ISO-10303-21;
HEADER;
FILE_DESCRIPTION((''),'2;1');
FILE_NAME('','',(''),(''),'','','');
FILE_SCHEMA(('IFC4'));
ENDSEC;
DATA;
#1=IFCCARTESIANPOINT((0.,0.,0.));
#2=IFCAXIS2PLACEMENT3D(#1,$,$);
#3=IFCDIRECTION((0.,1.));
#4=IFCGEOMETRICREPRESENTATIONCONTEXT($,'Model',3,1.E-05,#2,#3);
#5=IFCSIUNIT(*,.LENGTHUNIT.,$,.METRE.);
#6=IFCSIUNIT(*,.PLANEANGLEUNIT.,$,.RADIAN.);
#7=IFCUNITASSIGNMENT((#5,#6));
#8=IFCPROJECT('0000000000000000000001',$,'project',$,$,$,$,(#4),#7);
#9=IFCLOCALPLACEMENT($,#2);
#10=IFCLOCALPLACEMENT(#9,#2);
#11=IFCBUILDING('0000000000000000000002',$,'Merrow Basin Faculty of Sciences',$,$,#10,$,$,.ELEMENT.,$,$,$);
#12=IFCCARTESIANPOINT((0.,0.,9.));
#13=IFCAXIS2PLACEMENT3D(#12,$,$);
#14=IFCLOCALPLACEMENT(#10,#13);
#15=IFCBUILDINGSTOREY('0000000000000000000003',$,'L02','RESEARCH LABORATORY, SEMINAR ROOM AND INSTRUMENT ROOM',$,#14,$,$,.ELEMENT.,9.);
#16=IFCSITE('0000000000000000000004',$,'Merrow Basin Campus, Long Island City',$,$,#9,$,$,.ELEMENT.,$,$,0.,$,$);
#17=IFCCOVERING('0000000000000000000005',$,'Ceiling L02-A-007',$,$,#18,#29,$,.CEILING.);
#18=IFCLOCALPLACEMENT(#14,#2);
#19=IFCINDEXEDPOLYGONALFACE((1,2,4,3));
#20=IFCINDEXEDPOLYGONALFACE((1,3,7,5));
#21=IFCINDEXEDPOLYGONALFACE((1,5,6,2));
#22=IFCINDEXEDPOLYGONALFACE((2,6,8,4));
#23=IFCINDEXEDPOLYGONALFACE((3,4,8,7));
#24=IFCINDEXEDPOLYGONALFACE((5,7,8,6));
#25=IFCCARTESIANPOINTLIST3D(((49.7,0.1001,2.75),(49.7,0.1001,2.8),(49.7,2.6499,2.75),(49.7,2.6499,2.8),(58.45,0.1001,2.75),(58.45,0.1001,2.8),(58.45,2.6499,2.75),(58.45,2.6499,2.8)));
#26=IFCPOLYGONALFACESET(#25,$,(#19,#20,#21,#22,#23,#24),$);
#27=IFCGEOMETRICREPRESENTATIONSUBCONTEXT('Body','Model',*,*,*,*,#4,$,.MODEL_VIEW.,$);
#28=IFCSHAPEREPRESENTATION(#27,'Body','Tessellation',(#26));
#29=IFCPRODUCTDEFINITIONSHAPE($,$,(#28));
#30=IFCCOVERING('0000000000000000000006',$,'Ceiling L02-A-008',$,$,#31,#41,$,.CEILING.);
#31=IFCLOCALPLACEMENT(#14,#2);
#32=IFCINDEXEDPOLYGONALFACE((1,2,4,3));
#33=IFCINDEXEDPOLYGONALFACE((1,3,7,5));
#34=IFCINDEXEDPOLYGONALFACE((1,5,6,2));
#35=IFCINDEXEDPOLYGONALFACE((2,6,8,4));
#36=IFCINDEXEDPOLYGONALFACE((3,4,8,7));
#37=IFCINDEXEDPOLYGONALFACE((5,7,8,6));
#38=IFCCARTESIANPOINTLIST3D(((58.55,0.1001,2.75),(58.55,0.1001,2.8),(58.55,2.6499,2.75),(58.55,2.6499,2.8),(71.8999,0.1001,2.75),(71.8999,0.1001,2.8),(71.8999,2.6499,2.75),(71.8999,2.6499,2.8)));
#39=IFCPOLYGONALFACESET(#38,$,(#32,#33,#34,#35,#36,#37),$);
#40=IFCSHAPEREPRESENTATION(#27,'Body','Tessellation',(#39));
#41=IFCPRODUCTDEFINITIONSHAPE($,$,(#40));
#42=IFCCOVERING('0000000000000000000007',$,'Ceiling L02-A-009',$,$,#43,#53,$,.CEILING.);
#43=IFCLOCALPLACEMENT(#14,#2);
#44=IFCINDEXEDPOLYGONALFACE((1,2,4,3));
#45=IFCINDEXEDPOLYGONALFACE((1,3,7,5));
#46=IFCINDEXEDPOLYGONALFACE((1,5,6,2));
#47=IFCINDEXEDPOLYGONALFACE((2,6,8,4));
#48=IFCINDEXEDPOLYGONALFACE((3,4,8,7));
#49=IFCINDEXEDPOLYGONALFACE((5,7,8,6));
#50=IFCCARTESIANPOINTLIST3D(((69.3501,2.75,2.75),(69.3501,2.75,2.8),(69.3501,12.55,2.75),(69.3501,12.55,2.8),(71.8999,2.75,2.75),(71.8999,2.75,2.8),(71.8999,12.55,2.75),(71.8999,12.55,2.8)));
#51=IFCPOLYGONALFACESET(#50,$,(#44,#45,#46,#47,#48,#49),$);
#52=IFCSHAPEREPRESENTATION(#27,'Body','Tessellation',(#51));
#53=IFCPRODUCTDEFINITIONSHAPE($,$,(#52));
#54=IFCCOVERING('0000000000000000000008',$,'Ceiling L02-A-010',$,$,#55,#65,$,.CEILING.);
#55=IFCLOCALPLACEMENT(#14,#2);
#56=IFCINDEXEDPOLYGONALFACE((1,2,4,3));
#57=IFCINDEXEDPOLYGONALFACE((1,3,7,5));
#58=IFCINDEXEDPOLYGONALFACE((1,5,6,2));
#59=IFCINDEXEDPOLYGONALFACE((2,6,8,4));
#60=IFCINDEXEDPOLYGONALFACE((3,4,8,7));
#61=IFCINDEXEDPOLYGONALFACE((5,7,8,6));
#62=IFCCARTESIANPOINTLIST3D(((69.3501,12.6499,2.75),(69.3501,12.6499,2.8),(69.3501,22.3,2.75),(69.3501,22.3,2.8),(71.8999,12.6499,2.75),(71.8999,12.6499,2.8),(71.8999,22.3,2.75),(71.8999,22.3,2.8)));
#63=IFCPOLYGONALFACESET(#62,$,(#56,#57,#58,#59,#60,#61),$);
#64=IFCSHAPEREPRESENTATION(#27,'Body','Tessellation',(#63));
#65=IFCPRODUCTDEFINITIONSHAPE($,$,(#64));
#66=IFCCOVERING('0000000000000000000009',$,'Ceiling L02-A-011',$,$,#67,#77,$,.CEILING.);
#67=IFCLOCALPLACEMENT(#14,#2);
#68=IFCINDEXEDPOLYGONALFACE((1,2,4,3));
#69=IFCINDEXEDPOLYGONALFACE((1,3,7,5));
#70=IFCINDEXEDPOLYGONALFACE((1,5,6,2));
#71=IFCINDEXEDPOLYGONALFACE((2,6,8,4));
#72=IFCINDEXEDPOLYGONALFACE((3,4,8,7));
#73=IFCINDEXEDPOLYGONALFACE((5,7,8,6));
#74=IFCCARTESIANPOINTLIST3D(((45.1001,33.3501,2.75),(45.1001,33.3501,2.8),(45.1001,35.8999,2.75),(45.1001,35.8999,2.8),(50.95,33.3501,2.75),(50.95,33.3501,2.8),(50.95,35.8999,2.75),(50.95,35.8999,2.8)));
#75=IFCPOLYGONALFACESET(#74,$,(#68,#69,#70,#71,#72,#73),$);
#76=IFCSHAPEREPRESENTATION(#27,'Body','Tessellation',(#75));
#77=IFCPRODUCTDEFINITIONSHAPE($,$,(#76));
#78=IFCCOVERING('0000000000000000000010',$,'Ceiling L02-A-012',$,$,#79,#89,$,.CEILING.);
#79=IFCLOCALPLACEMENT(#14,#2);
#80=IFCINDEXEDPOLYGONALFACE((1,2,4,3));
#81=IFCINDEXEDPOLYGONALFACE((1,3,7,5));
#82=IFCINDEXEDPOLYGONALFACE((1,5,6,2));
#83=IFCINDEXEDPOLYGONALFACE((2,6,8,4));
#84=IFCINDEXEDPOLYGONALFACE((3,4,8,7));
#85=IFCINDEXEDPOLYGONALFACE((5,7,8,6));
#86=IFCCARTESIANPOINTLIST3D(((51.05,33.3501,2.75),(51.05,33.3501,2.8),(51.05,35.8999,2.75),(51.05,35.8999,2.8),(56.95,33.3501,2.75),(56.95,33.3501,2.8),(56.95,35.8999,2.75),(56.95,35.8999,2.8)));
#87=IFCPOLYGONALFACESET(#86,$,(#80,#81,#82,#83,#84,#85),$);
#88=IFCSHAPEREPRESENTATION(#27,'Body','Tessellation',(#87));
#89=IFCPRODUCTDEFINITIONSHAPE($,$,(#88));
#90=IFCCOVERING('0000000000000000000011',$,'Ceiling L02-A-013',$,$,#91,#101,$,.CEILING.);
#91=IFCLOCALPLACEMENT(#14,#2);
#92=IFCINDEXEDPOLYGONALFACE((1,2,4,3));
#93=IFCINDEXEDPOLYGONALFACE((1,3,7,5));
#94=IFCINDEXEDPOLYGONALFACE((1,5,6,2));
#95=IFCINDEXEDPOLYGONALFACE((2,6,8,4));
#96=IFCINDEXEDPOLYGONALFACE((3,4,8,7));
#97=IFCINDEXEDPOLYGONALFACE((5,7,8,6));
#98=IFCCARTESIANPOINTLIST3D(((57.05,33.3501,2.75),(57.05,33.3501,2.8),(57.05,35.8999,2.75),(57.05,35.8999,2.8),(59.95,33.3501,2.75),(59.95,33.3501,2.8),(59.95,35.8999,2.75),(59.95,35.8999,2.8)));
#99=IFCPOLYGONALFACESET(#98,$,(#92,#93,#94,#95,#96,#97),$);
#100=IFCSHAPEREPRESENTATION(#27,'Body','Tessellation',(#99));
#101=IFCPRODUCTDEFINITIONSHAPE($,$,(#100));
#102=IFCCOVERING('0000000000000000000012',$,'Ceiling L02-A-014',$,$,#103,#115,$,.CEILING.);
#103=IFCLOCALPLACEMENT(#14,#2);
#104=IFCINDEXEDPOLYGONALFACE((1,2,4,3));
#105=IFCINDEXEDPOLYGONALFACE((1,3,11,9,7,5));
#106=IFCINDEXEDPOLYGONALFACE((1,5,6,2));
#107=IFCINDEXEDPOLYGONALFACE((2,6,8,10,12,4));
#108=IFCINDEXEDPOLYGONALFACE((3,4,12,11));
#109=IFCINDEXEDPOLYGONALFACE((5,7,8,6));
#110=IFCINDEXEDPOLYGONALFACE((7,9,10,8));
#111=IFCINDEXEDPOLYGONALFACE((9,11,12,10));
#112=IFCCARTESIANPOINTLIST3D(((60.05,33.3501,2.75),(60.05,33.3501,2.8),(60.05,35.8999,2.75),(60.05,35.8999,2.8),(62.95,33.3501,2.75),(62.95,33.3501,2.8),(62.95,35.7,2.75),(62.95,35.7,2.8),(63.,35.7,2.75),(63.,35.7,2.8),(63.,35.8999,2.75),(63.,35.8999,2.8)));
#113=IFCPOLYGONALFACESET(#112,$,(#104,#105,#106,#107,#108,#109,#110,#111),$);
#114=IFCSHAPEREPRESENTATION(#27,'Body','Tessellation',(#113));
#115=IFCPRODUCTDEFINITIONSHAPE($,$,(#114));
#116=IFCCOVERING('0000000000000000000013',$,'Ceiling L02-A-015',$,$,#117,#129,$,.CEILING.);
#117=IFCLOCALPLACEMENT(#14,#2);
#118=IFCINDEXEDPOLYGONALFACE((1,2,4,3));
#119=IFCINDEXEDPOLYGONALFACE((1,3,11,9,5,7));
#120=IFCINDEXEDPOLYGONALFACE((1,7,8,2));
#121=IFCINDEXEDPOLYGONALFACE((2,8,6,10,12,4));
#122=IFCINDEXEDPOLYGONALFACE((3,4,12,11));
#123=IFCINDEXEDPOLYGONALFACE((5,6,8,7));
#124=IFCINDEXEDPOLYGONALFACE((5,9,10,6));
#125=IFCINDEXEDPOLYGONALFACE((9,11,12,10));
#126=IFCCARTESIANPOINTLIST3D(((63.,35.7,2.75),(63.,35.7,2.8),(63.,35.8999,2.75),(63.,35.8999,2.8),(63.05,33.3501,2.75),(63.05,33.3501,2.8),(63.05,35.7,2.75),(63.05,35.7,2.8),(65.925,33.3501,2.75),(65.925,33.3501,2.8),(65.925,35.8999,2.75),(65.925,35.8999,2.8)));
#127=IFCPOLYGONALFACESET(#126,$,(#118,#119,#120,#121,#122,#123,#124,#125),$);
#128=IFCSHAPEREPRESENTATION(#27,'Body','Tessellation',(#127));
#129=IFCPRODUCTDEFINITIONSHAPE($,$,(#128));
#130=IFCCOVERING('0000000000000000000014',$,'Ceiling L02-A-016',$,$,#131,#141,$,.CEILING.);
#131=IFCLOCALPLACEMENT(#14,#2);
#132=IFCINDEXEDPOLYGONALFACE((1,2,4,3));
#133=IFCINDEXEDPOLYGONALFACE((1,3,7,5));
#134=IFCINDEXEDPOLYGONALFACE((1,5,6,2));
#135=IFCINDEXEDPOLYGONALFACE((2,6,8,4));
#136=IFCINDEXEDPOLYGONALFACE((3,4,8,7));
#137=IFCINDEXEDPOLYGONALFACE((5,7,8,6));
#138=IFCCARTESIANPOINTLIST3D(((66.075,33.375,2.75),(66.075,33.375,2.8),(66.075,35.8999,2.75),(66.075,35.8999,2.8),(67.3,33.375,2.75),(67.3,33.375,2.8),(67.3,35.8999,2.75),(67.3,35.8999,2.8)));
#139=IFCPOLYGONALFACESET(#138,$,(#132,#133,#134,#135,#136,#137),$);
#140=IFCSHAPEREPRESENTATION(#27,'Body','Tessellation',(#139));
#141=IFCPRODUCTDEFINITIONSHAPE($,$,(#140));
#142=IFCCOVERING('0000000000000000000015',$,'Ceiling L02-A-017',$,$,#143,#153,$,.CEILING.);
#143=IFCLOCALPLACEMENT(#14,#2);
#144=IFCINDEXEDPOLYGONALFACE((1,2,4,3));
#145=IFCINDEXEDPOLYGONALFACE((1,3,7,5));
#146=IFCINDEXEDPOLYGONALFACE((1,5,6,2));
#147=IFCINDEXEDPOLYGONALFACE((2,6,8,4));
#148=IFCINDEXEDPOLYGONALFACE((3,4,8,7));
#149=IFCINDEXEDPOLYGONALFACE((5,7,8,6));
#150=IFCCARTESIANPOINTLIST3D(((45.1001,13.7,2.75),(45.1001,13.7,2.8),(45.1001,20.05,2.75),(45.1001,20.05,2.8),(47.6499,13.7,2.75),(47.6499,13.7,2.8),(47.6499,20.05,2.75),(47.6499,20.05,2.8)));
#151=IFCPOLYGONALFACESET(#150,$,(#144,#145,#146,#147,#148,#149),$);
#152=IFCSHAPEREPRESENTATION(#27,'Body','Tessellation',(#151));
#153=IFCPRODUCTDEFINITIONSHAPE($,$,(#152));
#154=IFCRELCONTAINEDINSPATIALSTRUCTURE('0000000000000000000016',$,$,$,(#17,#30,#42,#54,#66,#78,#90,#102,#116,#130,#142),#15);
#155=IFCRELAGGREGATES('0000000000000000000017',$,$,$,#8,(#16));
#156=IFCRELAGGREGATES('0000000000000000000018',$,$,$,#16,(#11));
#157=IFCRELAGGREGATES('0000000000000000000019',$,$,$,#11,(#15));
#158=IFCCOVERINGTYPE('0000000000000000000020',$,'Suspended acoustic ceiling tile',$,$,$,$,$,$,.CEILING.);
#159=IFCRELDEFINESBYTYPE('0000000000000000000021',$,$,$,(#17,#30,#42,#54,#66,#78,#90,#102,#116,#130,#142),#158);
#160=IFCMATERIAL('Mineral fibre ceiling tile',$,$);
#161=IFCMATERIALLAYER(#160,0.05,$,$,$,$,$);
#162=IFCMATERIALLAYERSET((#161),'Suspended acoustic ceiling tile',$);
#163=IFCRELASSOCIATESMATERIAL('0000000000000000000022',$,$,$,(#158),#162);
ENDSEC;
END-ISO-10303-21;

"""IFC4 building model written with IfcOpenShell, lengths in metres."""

from ifc_helpers import new_model, si_unit, direction, frame, origin, place, context, subcontext, project, spatial, polyline, outline, extrude, material, layer, layer_set, type_object, element, save


model = new_model("IFC4")

# Units and contexts
model_context = context("Model", 3, precision=1e-05, world=origin(), true_north=direction((0.0, 1.0)))
body_context = subcontext(model_context, "Body", "Model", "MODEL_VIEW")
ifc_project = project(units=[si_unit("LENGTHUNIT", "METRE"), si_unit("PLANEANGLEUNIT", "RADIAN")], contexts=[model_context])

# Site, building, storey
site_placement = place(None, origin())
site = spatial("IfcSite", under=ifc_project, at=site_placement, Name="Merrow Basin Campus, Long Island City", CompositionType="ELEMENT", RefElevation=0.0)
building_placement = place(site_placement, origin())
building = spatial("IfcBuilding", under=site, at=building_placement, Name="Merrow Basin Faculty of Sciences", CompositionType="ELEMENT")
storey_placement = place(building_placement, frame((0.0, 0.0, 9.0)))
storey = spatial("IfcBuildingStorey", under=building, at=storey_placement, Name="L02", Description="RESEARCH LABORATORY, SEMINAR ROOM AND INSTRUMENT ROOM", CompositionType="ELEMENT", Elevation=9.0)

# Coverings
ifc_material = material(Name="Mineral fibre ceiling tile")
ifc_layer = layer(ifc_material, 0.05)
ifc_layer_set = layer_set([ifc_layer], Name="Suspended acoustic ceiling tile")
covering_type = type_object("IfcCoveringType", Name="Suspended acoustic ceiling tile", PredefinedType="CEILING", material=ifc_layer_set)
covering_1_placement = place(storey_placement, frame((0.0, 0.0, 2.75)))
element("IfcCovering", 1, at=covering_1_placement, inside=storey, type_object=covering_type, Name="Ceiling L02-A-007", PredefinedType="CEILING", context=body_context, shape_type="SweptSolid", body=[
    extrude(outline(polyline([(49.7, 0.1001), (49.7, 2.6499), (58.45, 2.6499), (58.45, 0.1001), (49.7, 0.1001)])), origin(), (0.0, 0.0, 1.0), 0.05),
])
covering_2_placement = place(storey_placement, frame((0.0, 0.0, 2.75)))
element("IfcCovering", 2, at=covering_2_placement, inside=storey, type_object=covering_type, Name="Ceiling L02-A-008", PredefinedType="CEILING", context=body_context, shape_type="SweptSolid", body=[
    extrude(outline(polyline([(71.8999, 0.1001), (58.55, 0.1001), (58.55, 2.6499), (71.8999, 2.6499), (71.8999, 0.1001)])), origin(), (0.0, 0.0, 1.0), 0.05),
])
covering_3_placement = place(storey_placement, frame((0.0, 0.0, 2.75)))
element("IfcCovering", 3, at=covering_3_placement, inside=storey, type_object=covering_type, Name="Ceiling L02-A-009", PredefinedType="CEILING", context=body_context, shape_type="SweptSolid", body=[
    extrude(outline(polyline([(71.8999, 2.75), (69.3501, 2.75), (69.3501, 12.55), (71.8999, 12.55), (71.8999, 2.75)])), origin(), (0.0, 0.0, 1.0), 0.05),
])
covering_4_placement = place(storey_placement, frame((0.0, 0.0, 2.75)))
element("IfcCovering", 4, at=covering_4_placement, inside=storey, type_object=covering_type, Name="Ceiling L02-A-010", PredefinedType="CEILING", context=body_context, shape_type="SweptSolid", body=[
    extrude(outline(polyline([(71.8999, 12.6499), (69.3501, 12.6499), (69.3501, 22.3), (71.8999, 22.3), (71.8999, 12.6499)])), origin(), (0.0, 0.0, 1.0), 0.05),
])
covering_5_placement = place(storey_placement, frame((0.0, 0.0, 2.75)))
element("IfcCovering", 5, at=covering_5_placement, inside=storey, type_object=covering_type, Name="Ceiling L02-A-011", PredefinedType="CEILING", context=body_context, shape_type="SweptSolid", body=[
    extrude(outline(polyline([(45.1001, 35.8999), (50.95, 35.8999), (50.95, 33.3501), (45.1001, 33.3501), (45.1001, 35.8999)])), origin(), (0.0, 0.0, 1.0), 0.05),
])
covering_6_placement = place(storey_placement, frame((0.0, 0.0, 2.75)))
element("IfcCovering", 6, at=covering_6_placement, inside=storey, type_object=covering_type, Name="Ceiling L02-A-012", PredefinedType="CEILING", context=body_context, shape_type="SweptSolid", body=[
    extrude(outline(polyline([(56.95, 35.8999), (56.95, 33.3501), (51.05, 33.3501), (51.05, 35.8999), (56.95, 35.8999)])), origin(), (0.0, 0.0, 1.0), 0.05),
])
covering_7_placement = place(storey_placement, frame((0.0, 0.0, 2.75)))
element("IfcCovering", 7, at=covering_7_placement, inside=storey, type_object=covering_type, Name="Ceiling L02-A-013", PredefinedType="CEILING", context=body_context, shape_type="SweptSolid", body=[
    extrude(outline(polyline([(59.95, 35.8999), (59.95, 33.3501), (57.05, 33.3501), (57.05, 35.8999), (59.95, 35.8999)])), origin(), (0.0, 0.0, 1.0), 0.05),
])
covering_8_placement = place(storey_placement, frame((0.0, 0.0, 2.75)))
element("IfcCovering", 8, at=covering_8_placement, inside=storey, type_object=covering_type, Name="Ceiling L02-A-014", PredefinedType="CEILING", context=body_context, shape_type="SweptSolid", body=[
    extrude(outline(polyline([(63.0, 35.8999), (63.0, 35.7), (62.95, 35.7), (62.95, 33.3501), (60.05, 33.3501), (60.05, 35.8999), (63.0, 35.8999)])), origin(), (0.0, 0.0, 1.0), 0.05),
])
covering_9_placement = place(storey_placement, frame((0.0, 0.0, 2.75)))
element("IfcCovering", 9, at=covering_9_placement, inside=storey, type_object=covering_type, Name="Ceiling L02-A-015", PredefinedType="CEILING", context=body_context, shape_type="SweptSolid", body=[
    extrude(outline(polyline([(63.0, 35.8999), (65.925, 35.8999), (65.925, 33.3501), (63.05, 33.3501), (63.05, 35.7), (63.0, 35.7), (63.0, 35.8999)])), origin(), (0.0, 0.0, 1.0), 0.05),
])
covering_10_placement = place(storey_placement, frame((0.0, 0.0, 2.75)))
element("IfcCovering", 10, at=covering_10_placement, inside=storey, type_object=covering_type, Name="Ceiling L02-A-016", PredefinedType="CEILING", context=body_context, shape_type="SweptSolid", body=[
    extrude(outline(polyline([(67.3, 35.8999), (67.3, 33.375), (66.075, 33.375), (66.075, 35.8999), (67.3, 35.8999)])), origin(), (0.0, 0.0, 1.0), 0.05),
])
covering_11_placement = place(storey_placement, frame((0.0, 0.0, 2.75)))
element("IfcCovering", 11, at=covering_11_placement, inside=storey, type_object=covering_type, Name="Ceiling L02-A-017", PredefinedType="CEILING", context=body_context, shape_type="SweptSolid", body=[
    extrude(outline(polyline([(45.1001, 20.05), (47.6499, 20.05), (47.6499, 13.7), (45.1001, 13.7), (45.1001, 20.05)])), origin(), (0.0, 0.0, 1.0), 0.05),
])

save(model, "model.ifc")
